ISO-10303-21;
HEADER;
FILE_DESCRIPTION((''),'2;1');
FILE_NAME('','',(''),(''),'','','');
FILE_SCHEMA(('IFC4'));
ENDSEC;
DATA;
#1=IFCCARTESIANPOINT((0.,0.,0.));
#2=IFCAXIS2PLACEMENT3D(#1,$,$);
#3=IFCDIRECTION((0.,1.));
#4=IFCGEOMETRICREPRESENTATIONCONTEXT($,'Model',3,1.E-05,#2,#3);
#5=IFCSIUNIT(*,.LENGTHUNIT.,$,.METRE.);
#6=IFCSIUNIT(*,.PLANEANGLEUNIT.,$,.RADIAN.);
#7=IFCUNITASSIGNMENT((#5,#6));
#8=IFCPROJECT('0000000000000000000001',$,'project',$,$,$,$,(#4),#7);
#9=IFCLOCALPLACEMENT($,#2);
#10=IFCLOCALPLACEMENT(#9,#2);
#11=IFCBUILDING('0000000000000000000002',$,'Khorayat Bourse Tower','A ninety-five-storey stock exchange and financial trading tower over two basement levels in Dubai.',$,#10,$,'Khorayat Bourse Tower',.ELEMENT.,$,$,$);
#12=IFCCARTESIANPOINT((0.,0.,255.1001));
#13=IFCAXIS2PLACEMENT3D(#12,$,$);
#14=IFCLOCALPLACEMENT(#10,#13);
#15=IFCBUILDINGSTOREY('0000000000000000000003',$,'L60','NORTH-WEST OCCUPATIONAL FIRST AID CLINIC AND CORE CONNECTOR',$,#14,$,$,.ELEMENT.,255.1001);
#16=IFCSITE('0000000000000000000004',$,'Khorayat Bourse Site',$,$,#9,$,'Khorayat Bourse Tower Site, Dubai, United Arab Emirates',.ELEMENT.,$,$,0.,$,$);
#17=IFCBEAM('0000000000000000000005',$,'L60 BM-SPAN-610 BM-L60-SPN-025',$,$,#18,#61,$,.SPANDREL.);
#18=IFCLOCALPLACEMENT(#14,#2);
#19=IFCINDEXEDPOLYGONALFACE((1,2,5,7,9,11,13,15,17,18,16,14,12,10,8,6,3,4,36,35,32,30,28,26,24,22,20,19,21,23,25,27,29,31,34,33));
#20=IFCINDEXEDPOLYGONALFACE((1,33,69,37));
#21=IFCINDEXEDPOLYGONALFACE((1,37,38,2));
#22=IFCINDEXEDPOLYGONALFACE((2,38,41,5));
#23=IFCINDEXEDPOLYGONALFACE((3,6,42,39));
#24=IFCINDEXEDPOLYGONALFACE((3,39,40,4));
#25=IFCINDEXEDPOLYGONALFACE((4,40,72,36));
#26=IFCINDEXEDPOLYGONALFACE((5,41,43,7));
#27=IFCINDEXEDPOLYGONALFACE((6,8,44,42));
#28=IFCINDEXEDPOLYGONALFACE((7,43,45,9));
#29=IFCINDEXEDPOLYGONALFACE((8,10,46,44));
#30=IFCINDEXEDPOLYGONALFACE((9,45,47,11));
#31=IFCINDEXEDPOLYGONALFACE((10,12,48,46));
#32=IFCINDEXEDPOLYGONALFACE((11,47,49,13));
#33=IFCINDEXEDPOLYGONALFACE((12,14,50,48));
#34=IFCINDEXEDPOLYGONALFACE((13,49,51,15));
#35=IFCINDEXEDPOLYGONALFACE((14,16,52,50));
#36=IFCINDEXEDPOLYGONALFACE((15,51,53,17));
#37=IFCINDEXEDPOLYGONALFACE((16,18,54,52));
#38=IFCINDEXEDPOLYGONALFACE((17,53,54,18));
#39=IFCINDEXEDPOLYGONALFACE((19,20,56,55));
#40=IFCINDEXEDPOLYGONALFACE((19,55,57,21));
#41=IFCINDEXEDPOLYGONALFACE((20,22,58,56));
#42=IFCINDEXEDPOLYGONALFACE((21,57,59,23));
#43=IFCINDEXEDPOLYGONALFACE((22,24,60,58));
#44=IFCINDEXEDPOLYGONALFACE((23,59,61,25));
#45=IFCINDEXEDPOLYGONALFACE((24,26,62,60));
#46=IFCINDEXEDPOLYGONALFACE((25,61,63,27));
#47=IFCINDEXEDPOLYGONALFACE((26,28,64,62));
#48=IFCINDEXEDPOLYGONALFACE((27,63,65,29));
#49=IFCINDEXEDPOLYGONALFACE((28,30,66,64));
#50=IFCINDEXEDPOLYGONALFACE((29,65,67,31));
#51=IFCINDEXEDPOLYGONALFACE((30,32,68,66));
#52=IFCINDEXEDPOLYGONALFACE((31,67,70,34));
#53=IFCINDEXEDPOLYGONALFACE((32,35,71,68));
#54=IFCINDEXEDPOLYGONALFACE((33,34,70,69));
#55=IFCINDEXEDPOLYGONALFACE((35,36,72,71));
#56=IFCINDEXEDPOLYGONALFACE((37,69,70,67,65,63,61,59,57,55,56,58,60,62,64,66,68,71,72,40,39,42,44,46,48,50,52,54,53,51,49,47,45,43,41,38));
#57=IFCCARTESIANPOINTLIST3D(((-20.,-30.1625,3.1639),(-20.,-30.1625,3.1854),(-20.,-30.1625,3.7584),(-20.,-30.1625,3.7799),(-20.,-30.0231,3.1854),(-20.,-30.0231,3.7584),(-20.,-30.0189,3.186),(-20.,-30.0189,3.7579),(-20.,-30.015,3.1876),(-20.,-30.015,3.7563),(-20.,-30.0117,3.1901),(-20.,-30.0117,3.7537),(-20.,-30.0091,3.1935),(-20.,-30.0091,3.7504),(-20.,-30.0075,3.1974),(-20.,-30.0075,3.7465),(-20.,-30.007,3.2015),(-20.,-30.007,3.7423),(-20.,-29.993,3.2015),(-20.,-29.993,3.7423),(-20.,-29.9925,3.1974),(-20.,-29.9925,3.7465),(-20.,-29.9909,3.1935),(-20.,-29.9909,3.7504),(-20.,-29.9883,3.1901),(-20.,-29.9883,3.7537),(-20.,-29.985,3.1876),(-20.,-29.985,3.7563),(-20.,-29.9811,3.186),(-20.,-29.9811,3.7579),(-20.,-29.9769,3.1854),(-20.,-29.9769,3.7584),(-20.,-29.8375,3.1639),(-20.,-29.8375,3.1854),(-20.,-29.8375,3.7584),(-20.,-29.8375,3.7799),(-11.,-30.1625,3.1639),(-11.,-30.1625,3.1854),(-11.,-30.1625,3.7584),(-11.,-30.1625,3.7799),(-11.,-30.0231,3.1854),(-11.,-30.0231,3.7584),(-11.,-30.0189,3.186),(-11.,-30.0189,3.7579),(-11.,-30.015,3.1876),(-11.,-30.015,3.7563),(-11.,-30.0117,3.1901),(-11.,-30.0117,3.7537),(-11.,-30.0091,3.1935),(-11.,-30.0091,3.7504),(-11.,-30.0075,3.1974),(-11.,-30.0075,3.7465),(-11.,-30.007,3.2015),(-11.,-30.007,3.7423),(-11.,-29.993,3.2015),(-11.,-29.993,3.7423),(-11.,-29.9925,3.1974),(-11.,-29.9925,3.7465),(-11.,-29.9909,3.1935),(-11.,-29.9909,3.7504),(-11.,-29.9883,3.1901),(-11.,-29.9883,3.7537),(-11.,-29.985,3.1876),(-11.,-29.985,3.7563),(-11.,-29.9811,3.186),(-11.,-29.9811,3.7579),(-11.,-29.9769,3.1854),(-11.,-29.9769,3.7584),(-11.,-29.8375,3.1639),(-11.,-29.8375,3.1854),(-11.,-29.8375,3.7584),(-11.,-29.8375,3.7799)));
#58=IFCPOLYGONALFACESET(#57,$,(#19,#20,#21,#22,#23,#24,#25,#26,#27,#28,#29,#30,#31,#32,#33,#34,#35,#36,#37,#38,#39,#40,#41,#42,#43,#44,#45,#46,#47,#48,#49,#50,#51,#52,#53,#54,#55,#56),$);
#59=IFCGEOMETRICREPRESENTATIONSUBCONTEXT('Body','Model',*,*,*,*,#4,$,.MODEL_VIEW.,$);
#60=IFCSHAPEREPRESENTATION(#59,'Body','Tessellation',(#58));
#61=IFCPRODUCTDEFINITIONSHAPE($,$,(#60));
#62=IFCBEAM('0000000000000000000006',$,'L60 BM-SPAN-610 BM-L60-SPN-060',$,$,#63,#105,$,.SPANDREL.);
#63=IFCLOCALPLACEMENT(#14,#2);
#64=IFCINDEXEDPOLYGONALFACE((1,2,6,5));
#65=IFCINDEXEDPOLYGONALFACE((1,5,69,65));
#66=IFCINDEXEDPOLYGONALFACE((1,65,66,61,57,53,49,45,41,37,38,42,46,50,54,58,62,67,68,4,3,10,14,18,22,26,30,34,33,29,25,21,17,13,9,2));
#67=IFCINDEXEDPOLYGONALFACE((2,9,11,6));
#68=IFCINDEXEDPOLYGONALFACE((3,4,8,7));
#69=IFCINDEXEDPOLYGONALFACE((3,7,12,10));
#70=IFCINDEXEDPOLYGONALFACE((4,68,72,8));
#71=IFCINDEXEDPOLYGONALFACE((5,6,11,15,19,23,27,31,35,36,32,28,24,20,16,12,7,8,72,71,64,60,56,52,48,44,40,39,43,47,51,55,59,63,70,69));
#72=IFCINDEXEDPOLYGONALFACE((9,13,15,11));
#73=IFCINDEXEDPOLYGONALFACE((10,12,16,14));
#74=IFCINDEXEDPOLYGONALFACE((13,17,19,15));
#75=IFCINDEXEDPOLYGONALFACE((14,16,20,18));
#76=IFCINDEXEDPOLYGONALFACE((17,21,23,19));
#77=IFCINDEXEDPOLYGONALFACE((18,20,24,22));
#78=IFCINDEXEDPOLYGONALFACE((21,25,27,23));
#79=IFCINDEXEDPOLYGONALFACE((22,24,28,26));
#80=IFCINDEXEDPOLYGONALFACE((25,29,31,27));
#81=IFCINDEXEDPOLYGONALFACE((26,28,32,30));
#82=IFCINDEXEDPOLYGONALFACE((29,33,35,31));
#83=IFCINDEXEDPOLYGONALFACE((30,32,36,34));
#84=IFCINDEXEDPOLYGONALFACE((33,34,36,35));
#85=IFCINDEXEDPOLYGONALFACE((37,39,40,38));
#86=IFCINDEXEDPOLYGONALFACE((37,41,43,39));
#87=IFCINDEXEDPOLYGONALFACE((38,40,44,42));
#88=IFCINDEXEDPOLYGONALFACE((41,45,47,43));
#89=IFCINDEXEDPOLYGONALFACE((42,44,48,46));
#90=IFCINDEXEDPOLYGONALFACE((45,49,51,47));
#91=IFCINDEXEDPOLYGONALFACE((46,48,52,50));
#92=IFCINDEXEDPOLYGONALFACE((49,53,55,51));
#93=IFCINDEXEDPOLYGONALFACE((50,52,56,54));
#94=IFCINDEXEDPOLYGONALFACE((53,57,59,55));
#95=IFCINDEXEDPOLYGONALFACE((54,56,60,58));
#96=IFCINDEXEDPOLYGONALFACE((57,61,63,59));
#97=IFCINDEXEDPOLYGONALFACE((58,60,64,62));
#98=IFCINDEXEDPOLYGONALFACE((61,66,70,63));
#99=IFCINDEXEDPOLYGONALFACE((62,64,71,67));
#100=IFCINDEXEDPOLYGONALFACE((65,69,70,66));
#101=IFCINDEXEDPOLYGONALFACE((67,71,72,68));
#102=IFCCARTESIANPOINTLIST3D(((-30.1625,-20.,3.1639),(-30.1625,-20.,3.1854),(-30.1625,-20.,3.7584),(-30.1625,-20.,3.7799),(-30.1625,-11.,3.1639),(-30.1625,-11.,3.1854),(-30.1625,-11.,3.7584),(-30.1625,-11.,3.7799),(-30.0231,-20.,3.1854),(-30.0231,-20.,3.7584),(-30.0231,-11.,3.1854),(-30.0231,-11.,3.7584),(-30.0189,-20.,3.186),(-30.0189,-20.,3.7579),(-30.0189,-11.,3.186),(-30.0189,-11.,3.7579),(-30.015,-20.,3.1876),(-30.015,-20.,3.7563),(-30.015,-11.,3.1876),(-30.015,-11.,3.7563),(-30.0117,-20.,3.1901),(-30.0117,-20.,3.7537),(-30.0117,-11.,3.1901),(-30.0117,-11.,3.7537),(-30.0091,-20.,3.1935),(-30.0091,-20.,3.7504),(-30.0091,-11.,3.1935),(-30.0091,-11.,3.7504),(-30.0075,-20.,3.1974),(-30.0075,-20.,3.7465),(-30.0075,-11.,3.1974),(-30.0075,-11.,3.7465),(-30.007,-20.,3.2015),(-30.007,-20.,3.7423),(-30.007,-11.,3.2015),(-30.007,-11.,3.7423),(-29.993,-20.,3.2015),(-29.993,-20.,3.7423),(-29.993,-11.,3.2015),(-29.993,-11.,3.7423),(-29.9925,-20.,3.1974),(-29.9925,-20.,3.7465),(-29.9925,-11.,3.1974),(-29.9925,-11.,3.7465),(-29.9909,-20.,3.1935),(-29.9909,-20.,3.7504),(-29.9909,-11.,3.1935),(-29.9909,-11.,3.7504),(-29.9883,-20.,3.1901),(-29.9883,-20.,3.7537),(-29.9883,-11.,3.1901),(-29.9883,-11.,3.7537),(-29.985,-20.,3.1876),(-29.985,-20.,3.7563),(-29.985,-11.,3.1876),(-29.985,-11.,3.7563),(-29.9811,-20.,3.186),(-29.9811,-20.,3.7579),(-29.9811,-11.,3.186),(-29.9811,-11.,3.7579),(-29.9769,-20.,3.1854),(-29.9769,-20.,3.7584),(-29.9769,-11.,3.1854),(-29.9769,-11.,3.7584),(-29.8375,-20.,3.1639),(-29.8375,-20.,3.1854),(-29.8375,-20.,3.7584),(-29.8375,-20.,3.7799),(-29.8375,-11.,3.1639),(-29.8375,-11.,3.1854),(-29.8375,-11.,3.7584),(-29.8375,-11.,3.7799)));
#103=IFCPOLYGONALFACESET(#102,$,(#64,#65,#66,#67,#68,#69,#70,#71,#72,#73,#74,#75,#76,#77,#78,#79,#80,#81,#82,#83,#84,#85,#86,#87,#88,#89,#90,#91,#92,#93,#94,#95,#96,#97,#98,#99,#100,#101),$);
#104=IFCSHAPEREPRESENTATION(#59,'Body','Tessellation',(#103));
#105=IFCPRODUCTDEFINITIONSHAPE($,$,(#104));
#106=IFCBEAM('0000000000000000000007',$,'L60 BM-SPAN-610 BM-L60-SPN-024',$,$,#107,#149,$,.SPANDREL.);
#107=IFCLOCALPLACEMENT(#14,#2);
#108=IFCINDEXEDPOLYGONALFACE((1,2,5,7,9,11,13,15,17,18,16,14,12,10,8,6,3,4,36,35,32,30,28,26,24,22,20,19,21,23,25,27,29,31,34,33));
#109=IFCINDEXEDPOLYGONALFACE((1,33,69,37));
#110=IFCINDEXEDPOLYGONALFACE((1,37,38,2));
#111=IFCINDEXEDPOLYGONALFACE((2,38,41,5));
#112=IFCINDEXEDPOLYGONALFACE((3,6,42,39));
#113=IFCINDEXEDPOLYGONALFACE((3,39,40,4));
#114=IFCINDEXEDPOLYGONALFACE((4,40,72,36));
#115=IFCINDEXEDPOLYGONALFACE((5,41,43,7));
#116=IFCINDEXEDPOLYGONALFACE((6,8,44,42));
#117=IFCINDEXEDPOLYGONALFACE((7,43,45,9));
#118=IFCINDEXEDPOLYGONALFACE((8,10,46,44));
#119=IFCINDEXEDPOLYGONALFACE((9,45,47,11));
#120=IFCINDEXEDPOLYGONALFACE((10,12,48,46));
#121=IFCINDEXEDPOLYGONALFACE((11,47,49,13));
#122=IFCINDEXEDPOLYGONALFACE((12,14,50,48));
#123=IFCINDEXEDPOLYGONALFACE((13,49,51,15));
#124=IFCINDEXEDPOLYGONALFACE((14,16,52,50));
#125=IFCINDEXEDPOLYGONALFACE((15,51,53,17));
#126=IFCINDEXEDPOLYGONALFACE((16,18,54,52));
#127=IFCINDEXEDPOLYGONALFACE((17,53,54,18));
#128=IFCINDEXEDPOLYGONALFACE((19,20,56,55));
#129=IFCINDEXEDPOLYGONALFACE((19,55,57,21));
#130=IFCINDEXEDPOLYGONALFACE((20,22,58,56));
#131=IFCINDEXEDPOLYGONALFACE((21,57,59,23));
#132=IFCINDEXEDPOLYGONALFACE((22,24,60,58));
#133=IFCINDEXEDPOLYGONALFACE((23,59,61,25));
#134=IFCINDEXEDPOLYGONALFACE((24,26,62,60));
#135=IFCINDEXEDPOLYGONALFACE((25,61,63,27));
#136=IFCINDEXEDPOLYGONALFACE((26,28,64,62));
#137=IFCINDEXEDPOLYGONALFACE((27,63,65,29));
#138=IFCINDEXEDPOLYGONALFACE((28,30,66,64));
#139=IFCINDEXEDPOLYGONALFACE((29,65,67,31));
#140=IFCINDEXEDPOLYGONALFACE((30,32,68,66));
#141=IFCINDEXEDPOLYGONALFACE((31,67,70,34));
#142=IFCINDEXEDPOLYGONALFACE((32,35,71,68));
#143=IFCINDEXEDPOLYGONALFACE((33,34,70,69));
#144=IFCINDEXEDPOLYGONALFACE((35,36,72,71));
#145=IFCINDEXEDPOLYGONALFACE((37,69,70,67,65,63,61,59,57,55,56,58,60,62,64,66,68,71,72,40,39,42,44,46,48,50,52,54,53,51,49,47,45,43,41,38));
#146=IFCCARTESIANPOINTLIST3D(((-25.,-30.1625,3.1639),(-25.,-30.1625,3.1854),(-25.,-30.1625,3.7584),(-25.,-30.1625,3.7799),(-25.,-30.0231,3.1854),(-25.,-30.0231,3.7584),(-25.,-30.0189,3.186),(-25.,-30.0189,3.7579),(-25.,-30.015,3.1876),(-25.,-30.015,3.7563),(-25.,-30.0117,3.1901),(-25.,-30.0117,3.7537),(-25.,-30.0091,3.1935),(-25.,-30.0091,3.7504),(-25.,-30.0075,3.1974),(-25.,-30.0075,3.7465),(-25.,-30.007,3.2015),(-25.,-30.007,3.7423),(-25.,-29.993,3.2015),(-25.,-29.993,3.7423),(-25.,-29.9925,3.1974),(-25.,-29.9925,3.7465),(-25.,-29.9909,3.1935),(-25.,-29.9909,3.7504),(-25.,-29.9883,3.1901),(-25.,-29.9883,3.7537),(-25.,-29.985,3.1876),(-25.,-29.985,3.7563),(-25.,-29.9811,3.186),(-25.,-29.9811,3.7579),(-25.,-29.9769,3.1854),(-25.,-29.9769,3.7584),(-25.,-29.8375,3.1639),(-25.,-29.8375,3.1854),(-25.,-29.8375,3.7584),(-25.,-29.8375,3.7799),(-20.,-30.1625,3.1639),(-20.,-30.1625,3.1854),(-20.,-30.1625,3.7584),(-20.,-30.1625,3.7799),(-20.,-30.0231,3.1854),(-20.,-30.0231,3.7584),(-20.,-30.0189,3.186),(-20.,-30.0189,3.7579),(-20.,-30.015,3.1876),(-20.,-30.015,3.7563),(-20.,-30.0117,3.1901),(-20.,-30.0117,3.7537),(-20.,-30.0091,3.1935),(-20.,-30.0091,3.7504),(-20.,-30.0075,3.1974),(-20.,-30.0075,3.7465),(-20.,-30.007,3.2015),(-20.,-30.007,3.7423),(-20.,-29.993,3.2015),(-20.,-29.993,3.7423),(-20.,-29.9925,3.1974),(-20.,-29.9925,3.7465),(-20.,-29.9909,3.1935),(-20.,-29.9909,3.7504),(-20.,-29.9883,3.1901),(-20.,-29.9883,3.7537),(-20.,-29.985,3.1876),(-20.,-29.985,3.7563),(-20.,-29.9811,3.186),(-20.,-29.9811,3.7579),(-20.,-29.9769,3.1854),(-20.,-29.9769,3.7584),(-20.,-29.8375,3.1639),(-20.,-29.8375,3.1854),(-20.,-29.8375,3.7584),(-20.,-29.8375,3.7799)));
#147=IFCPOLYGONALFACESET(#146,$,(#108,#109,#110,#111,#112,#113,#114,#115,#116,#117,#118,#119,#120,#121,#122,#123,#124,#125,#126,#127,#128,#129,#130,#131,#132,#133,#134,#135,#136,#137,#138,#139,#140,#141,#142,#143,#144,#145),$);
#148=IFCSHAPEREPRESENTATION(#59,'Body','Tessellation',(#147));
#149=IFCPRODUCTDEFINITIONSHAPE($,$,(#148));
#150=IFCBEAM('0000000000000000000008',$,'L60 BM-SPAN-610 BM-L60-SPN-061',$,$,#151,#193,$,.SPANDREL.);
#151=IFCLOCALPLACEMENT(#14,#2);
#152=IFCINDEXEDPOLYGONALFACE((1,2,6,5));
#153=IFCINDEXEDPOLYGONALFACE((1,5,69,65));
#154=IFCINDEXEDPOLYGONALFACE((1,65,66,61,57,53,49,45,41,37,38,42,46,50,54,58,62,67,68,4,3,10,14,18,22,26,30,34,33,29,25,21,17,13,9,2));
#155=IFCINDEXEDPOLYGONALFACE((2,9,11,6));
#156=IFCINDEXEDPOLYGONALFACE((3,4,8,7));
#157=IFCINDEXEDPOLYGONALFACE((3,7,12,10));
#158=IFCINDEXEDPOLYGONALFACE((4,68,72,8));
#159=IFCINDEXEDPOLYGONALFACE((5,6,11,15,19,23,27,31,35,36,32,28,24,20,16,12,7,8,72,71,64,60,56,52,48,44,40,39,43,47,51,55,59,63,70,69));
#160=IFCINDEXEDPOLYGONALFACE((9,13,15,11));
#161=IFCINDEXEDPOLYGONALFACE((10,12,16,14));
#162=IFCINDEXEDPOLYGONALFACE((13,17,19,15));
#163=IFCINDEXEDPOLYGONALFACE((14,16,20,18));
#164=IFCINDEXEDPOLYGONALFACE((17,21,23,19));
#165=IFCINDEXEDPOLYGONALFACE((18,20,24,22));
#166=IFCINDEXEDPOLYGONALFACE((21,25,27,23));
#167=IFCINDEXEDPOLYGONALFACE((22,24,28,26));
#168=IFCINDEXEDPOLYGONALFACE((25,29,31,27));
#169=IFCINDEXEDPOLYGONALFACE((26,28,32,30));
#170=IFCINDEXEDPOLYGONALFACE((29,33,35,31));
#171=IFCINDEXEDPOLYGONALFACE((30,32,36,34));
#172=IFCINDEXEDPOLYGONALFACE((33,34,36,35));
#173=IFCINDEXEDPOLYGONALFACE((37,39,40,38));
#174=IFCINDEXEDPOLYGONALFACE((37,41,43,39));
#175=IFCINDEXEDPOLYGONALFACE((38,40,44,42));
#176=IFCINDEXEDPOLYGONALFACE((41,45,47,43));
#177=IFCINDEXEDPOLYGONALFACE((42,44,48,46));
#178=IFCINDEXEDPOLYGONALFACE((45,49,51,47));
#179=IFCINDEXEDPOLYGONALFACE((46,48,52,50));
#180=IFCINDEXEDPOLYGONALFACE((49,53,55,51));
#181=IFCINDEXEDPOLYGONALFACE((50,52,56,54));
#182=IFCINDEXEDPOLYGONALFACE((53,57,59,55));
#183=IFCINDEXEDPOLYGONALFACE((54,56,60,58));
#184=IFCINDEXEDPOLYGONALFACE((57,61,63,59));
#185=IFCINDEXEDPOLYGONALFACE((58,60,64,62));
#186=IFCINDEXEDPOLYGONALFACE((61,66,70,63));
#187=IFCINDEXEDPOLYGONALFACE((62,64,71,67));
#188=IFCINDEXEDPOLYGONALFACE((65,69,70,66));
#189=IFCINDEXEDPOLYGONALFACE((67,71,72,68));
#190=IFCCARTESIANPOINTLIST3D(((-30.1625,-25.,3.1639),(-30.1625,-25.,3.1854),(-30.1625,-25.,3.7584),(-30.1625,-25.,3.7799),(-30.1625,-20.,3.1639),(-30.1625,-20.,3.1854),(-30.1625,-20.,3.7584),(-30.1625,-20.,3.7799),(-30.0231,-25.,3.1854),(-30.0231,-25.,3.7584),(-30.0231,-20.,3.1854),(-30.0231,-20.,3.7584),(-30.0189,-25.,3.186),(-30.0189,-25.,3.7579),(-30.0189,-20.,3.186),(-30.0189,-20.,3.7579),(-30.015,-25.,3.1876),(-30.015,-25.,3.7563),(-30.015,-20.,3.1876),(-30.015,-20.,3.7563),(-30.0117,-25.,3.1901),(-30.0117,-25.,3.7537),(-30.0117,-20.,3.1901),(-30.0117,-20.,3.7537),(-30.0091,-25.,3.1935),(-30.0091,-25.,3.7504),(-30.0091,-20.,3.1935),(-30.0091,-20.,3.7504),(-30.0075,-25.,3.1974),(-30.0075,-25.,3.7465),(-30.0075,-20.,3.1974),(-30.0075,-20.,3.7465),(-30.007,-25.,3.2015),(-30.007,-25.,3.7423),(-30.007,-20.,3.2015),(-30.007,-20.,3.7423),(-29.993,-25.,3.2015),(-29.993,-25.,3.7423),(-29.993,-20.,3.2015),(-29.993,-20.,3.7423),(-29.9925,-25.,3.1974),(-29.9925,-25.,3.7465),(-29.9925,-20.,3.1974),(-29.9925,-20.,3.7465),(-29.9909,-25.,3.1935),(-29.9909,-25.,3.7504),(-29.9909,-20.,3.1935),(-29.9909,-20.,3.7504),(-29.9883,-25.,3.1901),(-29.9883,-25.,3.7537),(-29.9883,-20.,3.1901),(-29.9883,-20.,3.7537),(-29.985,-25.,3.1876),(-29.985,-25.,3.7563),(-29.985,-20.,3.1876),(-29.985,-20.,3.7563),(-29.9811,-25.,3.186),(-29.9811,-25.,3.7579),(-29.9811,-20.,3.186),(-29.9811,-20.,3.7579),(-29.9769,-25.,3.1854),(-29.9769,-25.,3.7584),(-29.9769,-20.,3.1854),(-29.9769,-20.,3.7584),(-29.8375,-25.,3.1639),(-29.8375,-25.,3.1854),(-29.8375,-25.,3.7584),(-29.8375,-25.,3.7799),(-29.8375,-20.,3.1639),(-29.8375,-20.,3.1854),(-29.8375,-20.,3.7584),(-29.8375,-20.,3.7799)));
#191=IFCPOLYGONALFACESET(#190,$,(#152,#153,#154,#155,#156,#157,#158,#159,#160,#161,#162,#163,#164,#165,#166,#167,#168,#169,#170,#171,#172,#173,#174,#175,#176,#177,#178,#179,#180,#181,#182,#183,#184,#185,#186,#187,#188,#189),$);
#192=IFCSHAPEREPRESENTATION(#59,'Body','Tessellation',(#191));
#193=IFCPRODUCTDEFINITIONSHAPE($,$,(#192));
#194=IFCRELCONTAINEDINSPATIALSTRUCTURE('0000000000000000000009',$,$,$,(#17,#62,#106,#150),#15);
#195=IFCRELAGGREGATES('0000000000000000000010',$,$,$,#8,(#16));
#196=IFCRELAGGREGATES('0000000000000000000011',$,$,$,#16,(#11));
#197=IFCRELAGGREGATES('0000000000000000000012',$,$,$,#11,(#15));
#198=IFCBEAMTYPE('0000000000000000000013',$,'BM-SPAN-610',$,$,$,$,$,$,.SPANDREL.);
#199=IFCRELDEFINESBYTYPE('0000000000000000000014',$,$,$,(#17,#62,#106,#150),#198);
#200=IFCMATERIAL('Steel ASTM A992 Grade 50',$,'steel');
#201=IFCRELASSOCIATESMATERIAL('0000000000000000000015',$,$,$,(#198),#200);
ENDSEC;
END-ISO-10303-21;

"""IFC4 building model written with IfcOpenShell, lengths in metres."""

from ifc_helpers import new_model, si_unit, direction, frame, origin, origin_2d, place, context, subcontext, project, spatial, i_section, extrude, source, transform, mapped, material, material_profile, profile_set, type_object, element, save


model = new_model("IFC4")

# Units and contexts
model_context = context("Model", 3, precision=1e-05, world=origin(), true_north=direction((0.0, 1.0)))
body_context = subcontext(model_context, "Body", "Model", "MODEL_VIEW")
ifc_project = project(units=[si_unit("LENGTHUNIT", "METRE"), si_unit("PLANEANGLEUNIT", "RADIAN")], contexts=[model_context])

# Site, building, storey
site_placement = place(None, origin())
site = spatial("IfcSite", under=ifc_project, at=site_placement, Name="Khorayat Bourse Site", LongName="Khorayat Bourse Tower Site, Dubai, United Arab Emirates", CompositionType="ELEMENT", RefElevation=0.0)
building_placement = place(site_placement, origin())
building = spatial("IfcBuilding", under=site, at=building_placement, Name="Khorayat Bourse Tower", Description="A ninety-five-storey stock exchange and financial trading tower over two basement levels in Dubai.", LongName="Khorayat Bourse Tower", CompositionType="ELEMENT")
storey_placement = place(building_placement, frame((0.0, 0.0, 255.1001)))
storey = spatial("IfcBuildingStorey", under=building, at=storey_placement, Name="L60", Description="NORTH-WEST OCCUPATIONAL FIRST AID CLINIC AND CORE CONNECTOR", CompositionType="ELEMENT", Elevation=255.1001)

# Beams
ifc_material_1 = material(Name="Steel ASTM A992 Grade 50", Category="steel")
ifc_material_profile_1 = material_profile(ifc_material_1, i_section(OverallWidth=0.325, OverallDepth=0.616, WebThickness=0.0139, FlangeThickness=0.0215, FilletRadius=0.0161, at=origin_2d()), Name="W610X174")
ifc_profile_set_1 = profile_set([ifc_material_profile_1], Name="Steel ASTM A992 Grade 50")
beam_type_1 = type_object("IfcBeamType", Name="BM-SPAN-610", PredefinedType="SPANDREL", material=ifc_profile_set_1)
shared_shape_1 = source(origin(), body_context, "Body", "SweptSolid", [
    extrude(i_section(OverallWidth=0.325, OverallDepth=0.616, WebThickness=0.0139, FlangeThickness=0.0215, FilletRadius=0.0161, at=origin_2d()), origin(), (0.0, 0.0, 1.0), 9.0),
])
for number, where, z_axis, x_axis, name in (
    (1, (-20.0, -30.0, 3.4719), (1.0, 0.0, 0.0), (0.0, 1.0, 0.0), "L60 BM-SPAN-610 BM-L60-SPN-025"),
    (2, (-30.0, -20.0, 3.4719), (0.0, 1.0, 0.0), (-1.0, 0.0, 0.0), "L60 BM-SPAN-610 BM-L60-SPN-060"),
):
    element("IfcBeam", number, at=place(storey_placement, frame(where, z_axis=z_axis, x_axis=x_axis)), inside=storey, type_object=beam_type_1, Name=name, PredefinedType="SPANDREL", context=body_context, shape_type="MappedRepresentation", body=[
        mapped(shared_shape_1, transform((0.0, 0.0, 0.0), scale=1.0)),
    ])
shared_shape_2 = source(origin(), body_context, "Body", "SweptSolid", [
    extrude(i_section(OverallWidth=0.325, OverallDepth=0.616, WebThickness=0.0139, FlangeThickness=0.0215, FilletRadius=0.0161, at=origin_2d()), origin(), (0.0, 0.0, 1.0), 5.0),
])
for number, where, z_axis, x_axis, name in (
    (3, (-25.0, -30.0, 3.4719), (1.0, 0.0, 0.0), (0.0, 1.0, 0.0), "L60 BM-SPAN-610 BM-L60-SPN-024"),
    (4, (-30.0, -25.0, 3.4719), (0.0, 1.0, 0.0), (-1.0, 0.0, 0.0), "L60 BM-SPAN-610 BM-L60-SPN-061"),
):
    element("IfcBeam", number, at=place(storey_placement, frame(where, z_axis=z_axis, x_axis=x_axis)), inside=storey, type_object=beam_type_1, Name=name, PredefinedType="SPANDREL", context=body_context, shape_type="MappedRepresentation", body=[
        mapped(shared_shape_2, transform((0.0, 0.0, 0.0), scale=1.0)),
    ])

save(model, "model.ifc")
